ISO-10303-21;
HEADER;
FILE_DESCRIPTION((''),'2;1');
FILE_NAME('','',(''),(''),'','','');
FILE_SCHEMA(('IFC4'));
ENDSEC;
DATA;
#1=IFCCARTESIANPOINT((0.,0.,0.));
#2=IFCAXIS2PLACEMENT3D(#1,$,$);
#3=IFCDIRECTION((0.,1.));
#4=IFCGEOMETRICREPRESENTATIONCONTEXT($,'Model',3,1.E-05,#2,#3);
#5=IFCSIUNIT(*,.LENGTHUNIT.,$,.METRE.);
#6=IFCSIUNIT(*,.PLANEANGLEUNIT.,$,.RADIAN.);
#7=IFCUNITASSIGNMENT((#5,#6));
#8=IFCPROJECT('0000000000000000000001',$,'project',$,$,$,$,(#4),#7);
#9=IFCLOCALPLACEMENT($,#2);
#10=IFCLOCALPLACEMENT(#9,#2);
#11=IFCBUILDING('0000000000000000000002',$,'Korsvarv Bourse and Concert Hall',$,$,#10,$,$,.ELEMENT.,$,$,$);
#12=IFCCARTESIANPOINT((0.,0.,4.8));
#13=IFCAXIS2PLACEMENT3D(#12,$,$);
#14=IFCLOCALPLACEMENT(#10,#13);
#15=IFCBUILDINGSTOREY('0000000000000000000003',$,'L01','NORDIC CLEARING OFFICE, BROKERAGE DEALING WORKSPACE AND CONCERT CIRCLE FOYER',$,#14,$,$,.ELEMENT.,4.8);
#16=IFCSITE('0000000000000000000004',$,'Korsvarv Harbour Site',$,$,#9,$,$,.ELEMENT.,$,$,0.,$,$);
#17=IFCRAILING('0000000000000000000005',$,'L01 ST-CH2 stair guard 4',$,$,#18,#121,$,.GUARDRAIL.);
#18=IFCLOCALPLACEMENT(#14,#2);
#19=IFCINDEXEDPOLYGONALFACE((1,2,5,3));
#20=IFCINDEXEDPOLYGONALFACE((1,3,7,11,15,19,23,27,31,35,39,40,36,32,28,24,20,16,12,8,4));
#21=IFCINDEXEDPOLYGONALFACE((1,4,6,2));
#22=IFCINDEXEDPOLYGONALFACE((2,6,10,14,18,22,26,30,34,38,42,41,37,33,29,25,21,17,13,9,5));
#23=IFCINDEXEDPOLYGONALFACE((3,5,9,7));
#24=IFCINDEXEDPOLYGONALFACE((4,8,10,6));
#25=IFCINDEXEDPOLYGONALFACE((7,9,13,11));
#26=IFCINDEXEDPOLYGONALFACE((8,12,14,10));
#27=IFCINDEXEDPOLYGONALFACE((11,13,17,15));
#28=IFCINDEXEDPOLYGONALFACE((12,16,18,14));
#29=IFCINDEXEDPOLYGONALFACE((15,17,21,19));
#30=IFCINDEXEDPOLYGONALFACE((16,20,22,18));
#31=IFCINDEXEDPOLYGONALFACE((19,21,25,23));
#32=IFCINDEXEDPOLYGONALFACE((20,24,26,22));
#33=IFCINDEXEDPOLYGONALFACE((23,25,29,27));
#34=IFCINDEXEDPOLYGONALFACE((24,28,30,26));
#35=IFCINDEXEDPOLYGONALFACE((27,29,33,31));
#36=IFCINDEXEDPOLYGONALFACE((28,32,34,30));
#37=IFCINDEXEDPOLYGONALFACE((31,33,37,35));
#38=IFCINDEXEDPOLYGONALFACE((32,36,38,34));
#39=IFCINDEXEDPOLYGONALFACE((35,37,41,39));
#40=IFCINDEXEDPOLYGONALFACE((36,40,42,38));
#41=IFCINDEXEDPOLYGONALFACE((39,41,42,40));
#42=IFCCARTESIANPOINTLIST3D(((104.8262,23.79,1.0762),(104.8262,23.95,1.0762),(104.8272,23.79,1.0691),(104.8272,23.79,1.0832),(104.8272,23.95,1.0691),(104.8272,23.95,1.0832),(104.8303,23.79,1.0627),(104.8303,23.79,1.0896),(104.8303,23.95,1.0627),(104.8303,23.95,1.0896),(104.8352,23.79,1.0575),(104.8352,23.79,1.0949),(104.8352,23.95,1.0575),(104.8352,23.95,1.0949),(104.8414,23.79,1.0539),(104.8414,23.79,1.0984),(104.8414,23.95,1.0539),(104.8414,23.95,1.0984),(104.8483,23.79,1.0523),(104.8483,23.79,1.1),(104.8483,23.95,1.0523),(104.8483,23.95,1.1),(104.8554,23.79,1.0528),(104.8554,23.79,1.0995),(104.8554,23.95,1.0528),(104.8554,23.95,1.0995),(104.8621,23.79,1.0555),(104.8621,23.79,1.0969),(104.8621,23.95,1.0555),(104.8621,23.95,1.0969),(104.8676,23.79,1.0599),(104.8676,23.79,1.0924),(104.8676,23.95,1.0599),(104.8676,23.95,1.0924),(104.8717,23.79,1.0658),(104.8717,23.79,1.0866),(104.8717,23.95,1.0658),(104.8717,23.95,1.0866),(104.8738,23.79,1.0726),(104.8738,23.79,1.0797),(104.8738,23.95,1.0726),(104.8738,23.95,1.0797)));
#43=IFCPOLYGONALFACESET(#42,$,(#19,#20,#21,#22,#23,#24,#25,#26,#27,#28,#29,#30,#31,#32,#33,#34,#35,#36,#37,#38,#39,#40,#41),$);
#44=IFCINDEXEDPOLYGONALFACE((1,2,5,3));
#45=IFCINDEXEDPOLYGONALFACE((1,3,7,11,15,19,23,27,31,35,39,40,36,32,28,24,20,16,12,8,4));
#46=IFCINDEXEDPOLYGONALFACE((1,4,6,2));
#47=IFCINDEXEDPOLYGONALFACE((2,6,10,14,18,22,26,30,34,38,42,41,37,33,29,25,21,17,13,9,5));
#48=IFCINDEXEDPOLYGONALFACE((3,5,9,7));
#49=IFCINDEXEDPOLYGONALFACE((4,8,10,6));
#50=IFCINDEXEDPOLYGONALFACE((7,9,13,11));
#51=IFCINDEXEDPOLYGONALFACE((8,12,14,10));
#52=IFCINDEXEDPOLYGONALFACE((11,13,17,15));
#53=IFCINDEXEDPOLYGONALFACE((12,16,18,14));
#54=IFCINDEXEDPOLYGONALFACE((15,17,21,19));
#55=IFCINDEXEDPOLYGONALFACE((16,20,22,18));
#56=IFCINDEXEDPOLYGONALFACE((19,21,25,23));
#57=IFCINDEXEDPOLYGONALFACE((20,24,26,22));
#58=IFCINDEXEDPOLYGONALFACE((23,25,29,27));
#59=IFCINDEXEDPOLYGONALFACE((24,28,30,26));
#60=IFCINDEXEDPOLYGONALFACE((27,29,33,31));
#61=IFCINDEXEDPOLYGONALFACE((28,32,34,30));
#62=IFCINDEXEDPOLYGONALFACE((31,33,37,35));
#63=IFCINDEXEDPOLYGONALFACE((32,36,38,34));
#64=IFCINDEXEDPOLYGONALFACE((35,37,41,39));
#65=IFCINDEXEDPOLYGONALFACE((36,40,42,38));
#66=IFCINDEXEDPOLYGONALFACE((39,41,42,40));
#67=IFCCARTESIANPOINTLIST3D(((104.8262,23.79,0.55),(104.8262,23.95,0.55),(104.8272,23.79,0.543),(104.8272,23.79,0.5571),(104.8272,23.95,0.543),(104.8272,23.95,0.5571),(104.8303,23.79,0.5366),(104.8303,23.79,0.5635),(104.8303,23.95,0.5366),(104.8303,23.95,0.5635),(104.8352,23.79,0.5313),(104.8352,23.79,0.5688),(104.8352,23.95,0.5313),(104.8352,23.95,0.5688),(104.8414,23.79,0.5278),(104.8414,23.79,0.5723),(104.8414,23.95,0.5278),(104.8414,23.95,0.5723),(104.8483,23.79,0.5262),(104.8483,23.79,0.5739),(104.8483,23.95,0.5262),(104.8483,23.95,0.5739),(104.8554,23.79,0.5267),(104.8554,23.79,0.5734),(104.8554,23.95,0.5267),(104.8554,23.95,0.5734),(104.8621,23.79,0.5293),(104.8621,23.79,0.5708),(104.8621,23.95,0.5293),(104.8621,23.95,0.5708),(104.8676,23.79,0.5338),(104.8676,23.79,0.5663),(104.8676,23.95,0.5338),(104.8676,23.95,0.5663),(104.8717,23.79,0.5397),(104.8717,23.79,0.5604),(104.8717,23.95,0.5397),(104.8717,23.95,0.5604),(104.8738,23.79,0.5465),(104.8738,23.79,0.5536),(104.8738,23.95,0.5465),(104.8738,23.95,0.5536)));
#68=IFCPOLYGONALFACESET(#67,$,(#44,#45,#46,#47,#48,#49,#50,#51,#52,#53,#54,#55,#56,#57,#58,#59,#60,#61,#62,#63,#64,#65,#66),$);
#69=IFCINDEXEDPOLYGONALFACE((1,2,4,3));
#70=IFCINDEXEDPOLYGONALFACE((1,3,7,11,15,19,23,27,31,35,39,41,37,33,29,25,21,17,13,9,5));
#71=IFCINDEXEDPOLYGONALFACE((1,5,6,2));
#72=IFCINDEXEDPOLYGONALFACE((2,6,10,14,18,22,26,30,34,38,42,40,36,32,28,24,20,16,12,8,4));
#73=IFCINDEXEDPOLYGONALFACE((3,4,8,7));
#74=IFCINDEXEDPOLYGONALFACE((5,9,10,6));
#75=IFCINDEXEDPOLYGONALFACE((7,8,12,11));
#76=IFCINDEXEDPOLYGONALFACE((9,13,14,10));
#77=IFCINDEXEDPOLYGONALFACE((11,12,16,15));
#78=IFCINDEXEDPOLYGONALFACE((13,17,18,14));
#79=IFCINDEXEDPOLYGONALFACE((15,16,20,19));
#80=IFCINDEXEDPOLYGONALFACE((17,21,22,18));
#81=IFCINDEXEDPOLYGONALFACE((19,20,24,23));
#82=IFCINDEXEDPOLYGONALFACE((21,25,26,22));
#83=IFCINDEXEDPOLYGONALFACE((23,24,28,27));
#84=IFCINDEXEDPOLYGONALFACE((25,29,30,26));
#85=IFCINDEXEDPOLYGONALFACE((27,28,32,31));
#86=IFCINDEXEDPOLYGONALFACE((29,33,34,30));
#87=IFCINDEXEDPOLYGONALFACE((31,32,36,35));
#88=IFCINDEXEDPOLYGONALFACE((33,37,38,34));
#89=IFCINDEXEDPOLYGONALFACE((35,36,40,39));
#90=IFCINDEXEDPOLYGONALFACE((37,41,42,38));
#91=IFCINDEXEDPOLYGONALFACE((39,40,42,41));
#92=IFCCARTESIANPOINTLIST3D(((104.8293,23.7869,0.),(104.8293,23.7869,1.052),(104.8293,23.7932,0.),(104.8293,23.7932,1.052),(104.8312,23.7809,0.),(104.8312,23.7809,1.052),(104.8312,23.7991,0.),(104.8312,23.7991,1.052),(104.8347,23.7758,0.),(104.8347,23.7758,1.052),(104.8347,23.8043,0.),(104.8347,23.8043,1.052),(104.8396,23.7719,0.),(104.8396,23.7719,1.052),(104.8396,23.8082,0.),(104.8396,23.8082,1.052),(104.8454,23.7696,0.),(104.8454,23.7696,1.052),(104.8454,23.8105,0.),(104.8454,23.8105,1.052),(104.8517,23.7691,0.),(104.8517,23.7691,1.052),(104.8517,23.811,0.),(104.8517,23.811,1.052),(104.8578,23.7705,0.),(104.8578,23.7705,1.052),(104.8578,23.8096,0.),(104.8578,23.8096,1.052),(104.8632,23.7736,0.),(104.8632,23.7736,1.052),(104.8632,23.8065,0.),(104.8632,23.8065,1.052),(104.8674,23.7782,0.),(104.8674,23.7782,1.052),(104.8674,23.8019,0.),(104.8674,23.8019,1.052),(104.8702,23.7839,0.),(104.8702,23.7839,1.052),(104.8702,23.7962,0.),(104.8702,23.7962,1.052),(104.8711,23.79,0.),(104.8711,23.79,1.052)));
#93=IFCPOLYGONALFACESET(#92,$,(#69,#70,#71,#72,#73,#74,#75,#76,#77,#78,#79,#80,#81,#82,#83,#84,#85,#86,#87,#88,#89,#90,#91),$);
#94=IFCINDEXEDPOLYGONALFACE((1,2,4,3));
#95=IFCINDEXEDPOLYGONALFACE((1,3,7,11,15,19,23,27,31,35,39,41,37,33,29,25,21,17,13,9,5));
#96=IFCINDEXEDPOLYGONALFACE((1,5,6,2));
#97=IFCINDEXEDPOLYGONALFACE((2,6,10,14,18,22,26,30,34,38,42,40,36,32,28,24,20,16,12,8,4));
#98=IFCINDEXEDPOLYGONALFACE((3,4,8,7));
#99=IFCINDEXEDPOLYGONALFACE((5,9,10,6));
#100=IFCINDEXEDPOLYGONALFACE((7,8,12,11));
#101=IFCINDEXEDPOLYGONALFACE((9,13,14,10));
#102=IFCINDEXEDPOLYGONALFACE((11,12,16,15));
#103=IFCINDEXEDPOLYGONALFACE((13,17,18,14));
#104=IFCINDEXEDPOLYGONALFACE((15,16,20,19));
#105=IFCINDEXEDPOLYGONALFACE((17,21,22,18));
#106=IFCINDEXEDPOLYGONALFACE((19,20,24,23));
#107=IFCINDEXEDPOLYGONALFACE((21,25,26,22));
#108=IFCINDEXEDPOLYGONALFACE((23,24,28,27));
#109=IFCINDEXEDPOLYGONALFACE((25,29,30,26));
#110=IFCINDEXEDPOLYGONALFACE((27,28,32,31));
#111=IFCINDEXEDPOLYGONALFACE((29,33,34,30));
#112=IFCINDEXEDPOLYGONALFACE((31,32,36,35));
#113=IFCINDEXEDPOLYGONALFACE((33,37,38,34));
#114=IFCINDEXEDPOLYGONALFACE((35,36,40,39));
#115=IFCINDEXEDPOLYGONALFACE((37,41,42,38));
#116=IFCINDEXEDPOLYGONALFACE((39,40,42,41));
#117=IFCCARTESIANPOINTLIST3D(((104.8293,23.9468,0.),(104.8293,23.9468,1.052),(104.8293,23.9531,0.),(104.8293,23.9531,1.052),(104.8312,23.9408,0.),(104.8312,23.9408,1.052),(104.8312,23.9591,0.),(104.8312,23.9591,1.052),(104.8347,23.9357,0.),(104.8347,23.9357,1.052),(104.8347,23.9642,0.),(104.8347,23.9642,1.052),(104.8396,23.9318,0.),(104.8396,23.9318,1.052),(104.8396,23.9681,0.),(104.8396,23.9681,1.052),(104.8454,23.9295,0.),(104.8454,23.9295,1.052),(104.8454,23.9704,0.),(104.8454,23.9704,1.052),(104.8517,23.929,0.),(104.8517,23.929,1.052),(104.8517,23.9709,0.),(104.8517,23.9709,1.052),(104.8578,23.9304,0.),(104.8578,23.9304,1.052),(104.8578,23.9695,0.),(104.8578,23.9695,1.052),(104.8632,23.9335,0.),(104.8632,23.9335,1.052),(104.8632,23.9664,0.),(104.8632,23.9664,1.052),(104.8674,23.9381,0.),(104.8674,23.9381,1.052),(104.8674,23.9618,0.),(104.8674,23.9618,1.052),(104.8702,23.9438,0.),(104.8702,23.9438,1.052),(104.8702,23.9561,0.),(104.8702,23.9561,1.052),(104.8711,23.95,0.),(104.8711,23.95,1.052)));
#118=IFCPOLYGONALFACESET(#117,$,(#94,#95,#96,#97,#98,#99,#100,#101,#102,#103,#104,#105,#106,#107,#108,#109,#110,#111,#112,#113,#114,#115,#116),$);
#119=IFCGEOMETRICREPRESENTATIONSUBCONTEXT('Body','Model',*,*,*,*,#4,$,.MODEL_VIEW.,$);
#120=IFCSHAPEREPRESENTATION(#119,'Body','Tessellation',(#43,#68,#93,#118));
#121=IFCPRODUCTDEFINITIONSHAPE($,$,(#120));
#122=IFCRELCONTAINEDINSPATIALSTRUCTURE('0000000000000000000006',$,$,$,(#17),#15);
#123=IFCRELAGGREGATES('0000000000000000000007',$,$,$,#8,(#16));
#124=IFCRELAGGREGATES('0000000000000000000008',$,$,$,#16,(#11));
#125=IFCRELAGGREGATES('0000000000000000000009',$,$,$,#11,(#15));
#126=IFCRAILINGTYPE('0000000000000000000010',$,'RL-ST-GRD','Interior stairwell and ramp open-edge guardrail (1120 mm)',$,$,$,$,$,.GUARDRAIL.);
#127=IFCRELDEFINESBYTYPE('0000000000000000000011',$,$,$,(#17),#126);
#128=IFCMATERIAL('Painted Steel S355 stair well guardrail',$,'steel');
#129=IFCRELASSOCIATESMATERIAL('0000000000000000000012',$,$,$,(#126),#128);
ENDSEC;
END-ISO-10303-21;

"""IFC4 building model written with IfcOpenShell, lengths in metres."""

from ifc_helpers import new_model, si_unit, direction, frame, origin, origin_2d, place, context, subcontext, project, spatial, circle, extrude, material, type_object, element, save


model = new_model("IFC4")

# Units and contexts
model_context = context("Model", 3, precision=1e-05, world=origin(), true_north=direction((0.0, 1.0)))
body_context = subcontext(model_context, "Body", "Model", "MODEL_VIEW")
ifc_project = project(units=[si_unit("LENGTHUNIT", "METRE"), si_unit("PLANEANGLEUNIT", "RADIAN")], contexts=[model_context])

# Site, building, storey
site_placement = place(None, origin())
site = spatial("IfcSite", under=ifc_project, at=site_placement, Name="Korsvarv Harbour Site", CompositionType="ELEMENT", RefElevation=0.0)
building_placement = place(site_placement, origin())
building = spatial("IfcBuilding", under=site, at=building_placement, Name="Korsvarv Bourse and Concert Hall", CompositionType="ELEMENT")
storey_placement = place(building_placement, frame((0.0, 0.0, 4.8)))
storey = spatial("IfcBuildingStorey", under=building, at=storey_placement, Name="L01", Description="NORDIC CLEARING OFFICE, BROKERAGE DEALING WORKSPACE AND CONCERT CIRCLE FOYER", CompositionType="ELEMENT", Elevation=4.8)

# Railing
ifc_material_1 = material(Name="Painted Steel S355 stair well guardrail", Category="steel")
railing_type_1 = type_object("IfcRailingType", Name="RL-ST-GRD", Description="Interior stairwell and ramp open-edge guardrail (1120 mm)", PredefinedType="GUARDRAIL", material=ifc_material_1)
railing_1_placement = place(storey_placement, frame((104.8501, 23.79, 0.0)))
element("IfcRailing", 1, at=railing_1_placement, inside=storey, type_object=railing_type_1, Name="L01 ST-CH2 stair guard 4", PredefinedType="GUARDRAIL", context=body_context, shape_type="SweptSolid", body=[
    extrude(circle(Radius=0.0239, at=origin_2d()), frame((0.0, 0.0, 1.0762), z_axis=(0.0, 1.0, 0.0), x_axis=(-1.0, 0.0, 0.0)), (0.0, 0.0, 1.0), 0.1599),
    extrude(circle(Radius=0.0239, at=origin_2d()), frame((0.0, 0.0, 0.55), z_axis=(0.0, 1.0, 0.0), x_axis=(-1.0, 0.0, 0.0)), (0.0, 0.0, 1.0), 0.1599),
    extrude(circle(Radius=0.021, at=origin_2d()), origin(), (0.0, 0.0, 1.0), 1.052),
    extrude(circle(Radius=0.021, at=origin_2d()), frame((0.0, 0.1599, 0.0)), (0.0, 0.0, 1.0), 1.052),
])

save(model, "model.ifc")
